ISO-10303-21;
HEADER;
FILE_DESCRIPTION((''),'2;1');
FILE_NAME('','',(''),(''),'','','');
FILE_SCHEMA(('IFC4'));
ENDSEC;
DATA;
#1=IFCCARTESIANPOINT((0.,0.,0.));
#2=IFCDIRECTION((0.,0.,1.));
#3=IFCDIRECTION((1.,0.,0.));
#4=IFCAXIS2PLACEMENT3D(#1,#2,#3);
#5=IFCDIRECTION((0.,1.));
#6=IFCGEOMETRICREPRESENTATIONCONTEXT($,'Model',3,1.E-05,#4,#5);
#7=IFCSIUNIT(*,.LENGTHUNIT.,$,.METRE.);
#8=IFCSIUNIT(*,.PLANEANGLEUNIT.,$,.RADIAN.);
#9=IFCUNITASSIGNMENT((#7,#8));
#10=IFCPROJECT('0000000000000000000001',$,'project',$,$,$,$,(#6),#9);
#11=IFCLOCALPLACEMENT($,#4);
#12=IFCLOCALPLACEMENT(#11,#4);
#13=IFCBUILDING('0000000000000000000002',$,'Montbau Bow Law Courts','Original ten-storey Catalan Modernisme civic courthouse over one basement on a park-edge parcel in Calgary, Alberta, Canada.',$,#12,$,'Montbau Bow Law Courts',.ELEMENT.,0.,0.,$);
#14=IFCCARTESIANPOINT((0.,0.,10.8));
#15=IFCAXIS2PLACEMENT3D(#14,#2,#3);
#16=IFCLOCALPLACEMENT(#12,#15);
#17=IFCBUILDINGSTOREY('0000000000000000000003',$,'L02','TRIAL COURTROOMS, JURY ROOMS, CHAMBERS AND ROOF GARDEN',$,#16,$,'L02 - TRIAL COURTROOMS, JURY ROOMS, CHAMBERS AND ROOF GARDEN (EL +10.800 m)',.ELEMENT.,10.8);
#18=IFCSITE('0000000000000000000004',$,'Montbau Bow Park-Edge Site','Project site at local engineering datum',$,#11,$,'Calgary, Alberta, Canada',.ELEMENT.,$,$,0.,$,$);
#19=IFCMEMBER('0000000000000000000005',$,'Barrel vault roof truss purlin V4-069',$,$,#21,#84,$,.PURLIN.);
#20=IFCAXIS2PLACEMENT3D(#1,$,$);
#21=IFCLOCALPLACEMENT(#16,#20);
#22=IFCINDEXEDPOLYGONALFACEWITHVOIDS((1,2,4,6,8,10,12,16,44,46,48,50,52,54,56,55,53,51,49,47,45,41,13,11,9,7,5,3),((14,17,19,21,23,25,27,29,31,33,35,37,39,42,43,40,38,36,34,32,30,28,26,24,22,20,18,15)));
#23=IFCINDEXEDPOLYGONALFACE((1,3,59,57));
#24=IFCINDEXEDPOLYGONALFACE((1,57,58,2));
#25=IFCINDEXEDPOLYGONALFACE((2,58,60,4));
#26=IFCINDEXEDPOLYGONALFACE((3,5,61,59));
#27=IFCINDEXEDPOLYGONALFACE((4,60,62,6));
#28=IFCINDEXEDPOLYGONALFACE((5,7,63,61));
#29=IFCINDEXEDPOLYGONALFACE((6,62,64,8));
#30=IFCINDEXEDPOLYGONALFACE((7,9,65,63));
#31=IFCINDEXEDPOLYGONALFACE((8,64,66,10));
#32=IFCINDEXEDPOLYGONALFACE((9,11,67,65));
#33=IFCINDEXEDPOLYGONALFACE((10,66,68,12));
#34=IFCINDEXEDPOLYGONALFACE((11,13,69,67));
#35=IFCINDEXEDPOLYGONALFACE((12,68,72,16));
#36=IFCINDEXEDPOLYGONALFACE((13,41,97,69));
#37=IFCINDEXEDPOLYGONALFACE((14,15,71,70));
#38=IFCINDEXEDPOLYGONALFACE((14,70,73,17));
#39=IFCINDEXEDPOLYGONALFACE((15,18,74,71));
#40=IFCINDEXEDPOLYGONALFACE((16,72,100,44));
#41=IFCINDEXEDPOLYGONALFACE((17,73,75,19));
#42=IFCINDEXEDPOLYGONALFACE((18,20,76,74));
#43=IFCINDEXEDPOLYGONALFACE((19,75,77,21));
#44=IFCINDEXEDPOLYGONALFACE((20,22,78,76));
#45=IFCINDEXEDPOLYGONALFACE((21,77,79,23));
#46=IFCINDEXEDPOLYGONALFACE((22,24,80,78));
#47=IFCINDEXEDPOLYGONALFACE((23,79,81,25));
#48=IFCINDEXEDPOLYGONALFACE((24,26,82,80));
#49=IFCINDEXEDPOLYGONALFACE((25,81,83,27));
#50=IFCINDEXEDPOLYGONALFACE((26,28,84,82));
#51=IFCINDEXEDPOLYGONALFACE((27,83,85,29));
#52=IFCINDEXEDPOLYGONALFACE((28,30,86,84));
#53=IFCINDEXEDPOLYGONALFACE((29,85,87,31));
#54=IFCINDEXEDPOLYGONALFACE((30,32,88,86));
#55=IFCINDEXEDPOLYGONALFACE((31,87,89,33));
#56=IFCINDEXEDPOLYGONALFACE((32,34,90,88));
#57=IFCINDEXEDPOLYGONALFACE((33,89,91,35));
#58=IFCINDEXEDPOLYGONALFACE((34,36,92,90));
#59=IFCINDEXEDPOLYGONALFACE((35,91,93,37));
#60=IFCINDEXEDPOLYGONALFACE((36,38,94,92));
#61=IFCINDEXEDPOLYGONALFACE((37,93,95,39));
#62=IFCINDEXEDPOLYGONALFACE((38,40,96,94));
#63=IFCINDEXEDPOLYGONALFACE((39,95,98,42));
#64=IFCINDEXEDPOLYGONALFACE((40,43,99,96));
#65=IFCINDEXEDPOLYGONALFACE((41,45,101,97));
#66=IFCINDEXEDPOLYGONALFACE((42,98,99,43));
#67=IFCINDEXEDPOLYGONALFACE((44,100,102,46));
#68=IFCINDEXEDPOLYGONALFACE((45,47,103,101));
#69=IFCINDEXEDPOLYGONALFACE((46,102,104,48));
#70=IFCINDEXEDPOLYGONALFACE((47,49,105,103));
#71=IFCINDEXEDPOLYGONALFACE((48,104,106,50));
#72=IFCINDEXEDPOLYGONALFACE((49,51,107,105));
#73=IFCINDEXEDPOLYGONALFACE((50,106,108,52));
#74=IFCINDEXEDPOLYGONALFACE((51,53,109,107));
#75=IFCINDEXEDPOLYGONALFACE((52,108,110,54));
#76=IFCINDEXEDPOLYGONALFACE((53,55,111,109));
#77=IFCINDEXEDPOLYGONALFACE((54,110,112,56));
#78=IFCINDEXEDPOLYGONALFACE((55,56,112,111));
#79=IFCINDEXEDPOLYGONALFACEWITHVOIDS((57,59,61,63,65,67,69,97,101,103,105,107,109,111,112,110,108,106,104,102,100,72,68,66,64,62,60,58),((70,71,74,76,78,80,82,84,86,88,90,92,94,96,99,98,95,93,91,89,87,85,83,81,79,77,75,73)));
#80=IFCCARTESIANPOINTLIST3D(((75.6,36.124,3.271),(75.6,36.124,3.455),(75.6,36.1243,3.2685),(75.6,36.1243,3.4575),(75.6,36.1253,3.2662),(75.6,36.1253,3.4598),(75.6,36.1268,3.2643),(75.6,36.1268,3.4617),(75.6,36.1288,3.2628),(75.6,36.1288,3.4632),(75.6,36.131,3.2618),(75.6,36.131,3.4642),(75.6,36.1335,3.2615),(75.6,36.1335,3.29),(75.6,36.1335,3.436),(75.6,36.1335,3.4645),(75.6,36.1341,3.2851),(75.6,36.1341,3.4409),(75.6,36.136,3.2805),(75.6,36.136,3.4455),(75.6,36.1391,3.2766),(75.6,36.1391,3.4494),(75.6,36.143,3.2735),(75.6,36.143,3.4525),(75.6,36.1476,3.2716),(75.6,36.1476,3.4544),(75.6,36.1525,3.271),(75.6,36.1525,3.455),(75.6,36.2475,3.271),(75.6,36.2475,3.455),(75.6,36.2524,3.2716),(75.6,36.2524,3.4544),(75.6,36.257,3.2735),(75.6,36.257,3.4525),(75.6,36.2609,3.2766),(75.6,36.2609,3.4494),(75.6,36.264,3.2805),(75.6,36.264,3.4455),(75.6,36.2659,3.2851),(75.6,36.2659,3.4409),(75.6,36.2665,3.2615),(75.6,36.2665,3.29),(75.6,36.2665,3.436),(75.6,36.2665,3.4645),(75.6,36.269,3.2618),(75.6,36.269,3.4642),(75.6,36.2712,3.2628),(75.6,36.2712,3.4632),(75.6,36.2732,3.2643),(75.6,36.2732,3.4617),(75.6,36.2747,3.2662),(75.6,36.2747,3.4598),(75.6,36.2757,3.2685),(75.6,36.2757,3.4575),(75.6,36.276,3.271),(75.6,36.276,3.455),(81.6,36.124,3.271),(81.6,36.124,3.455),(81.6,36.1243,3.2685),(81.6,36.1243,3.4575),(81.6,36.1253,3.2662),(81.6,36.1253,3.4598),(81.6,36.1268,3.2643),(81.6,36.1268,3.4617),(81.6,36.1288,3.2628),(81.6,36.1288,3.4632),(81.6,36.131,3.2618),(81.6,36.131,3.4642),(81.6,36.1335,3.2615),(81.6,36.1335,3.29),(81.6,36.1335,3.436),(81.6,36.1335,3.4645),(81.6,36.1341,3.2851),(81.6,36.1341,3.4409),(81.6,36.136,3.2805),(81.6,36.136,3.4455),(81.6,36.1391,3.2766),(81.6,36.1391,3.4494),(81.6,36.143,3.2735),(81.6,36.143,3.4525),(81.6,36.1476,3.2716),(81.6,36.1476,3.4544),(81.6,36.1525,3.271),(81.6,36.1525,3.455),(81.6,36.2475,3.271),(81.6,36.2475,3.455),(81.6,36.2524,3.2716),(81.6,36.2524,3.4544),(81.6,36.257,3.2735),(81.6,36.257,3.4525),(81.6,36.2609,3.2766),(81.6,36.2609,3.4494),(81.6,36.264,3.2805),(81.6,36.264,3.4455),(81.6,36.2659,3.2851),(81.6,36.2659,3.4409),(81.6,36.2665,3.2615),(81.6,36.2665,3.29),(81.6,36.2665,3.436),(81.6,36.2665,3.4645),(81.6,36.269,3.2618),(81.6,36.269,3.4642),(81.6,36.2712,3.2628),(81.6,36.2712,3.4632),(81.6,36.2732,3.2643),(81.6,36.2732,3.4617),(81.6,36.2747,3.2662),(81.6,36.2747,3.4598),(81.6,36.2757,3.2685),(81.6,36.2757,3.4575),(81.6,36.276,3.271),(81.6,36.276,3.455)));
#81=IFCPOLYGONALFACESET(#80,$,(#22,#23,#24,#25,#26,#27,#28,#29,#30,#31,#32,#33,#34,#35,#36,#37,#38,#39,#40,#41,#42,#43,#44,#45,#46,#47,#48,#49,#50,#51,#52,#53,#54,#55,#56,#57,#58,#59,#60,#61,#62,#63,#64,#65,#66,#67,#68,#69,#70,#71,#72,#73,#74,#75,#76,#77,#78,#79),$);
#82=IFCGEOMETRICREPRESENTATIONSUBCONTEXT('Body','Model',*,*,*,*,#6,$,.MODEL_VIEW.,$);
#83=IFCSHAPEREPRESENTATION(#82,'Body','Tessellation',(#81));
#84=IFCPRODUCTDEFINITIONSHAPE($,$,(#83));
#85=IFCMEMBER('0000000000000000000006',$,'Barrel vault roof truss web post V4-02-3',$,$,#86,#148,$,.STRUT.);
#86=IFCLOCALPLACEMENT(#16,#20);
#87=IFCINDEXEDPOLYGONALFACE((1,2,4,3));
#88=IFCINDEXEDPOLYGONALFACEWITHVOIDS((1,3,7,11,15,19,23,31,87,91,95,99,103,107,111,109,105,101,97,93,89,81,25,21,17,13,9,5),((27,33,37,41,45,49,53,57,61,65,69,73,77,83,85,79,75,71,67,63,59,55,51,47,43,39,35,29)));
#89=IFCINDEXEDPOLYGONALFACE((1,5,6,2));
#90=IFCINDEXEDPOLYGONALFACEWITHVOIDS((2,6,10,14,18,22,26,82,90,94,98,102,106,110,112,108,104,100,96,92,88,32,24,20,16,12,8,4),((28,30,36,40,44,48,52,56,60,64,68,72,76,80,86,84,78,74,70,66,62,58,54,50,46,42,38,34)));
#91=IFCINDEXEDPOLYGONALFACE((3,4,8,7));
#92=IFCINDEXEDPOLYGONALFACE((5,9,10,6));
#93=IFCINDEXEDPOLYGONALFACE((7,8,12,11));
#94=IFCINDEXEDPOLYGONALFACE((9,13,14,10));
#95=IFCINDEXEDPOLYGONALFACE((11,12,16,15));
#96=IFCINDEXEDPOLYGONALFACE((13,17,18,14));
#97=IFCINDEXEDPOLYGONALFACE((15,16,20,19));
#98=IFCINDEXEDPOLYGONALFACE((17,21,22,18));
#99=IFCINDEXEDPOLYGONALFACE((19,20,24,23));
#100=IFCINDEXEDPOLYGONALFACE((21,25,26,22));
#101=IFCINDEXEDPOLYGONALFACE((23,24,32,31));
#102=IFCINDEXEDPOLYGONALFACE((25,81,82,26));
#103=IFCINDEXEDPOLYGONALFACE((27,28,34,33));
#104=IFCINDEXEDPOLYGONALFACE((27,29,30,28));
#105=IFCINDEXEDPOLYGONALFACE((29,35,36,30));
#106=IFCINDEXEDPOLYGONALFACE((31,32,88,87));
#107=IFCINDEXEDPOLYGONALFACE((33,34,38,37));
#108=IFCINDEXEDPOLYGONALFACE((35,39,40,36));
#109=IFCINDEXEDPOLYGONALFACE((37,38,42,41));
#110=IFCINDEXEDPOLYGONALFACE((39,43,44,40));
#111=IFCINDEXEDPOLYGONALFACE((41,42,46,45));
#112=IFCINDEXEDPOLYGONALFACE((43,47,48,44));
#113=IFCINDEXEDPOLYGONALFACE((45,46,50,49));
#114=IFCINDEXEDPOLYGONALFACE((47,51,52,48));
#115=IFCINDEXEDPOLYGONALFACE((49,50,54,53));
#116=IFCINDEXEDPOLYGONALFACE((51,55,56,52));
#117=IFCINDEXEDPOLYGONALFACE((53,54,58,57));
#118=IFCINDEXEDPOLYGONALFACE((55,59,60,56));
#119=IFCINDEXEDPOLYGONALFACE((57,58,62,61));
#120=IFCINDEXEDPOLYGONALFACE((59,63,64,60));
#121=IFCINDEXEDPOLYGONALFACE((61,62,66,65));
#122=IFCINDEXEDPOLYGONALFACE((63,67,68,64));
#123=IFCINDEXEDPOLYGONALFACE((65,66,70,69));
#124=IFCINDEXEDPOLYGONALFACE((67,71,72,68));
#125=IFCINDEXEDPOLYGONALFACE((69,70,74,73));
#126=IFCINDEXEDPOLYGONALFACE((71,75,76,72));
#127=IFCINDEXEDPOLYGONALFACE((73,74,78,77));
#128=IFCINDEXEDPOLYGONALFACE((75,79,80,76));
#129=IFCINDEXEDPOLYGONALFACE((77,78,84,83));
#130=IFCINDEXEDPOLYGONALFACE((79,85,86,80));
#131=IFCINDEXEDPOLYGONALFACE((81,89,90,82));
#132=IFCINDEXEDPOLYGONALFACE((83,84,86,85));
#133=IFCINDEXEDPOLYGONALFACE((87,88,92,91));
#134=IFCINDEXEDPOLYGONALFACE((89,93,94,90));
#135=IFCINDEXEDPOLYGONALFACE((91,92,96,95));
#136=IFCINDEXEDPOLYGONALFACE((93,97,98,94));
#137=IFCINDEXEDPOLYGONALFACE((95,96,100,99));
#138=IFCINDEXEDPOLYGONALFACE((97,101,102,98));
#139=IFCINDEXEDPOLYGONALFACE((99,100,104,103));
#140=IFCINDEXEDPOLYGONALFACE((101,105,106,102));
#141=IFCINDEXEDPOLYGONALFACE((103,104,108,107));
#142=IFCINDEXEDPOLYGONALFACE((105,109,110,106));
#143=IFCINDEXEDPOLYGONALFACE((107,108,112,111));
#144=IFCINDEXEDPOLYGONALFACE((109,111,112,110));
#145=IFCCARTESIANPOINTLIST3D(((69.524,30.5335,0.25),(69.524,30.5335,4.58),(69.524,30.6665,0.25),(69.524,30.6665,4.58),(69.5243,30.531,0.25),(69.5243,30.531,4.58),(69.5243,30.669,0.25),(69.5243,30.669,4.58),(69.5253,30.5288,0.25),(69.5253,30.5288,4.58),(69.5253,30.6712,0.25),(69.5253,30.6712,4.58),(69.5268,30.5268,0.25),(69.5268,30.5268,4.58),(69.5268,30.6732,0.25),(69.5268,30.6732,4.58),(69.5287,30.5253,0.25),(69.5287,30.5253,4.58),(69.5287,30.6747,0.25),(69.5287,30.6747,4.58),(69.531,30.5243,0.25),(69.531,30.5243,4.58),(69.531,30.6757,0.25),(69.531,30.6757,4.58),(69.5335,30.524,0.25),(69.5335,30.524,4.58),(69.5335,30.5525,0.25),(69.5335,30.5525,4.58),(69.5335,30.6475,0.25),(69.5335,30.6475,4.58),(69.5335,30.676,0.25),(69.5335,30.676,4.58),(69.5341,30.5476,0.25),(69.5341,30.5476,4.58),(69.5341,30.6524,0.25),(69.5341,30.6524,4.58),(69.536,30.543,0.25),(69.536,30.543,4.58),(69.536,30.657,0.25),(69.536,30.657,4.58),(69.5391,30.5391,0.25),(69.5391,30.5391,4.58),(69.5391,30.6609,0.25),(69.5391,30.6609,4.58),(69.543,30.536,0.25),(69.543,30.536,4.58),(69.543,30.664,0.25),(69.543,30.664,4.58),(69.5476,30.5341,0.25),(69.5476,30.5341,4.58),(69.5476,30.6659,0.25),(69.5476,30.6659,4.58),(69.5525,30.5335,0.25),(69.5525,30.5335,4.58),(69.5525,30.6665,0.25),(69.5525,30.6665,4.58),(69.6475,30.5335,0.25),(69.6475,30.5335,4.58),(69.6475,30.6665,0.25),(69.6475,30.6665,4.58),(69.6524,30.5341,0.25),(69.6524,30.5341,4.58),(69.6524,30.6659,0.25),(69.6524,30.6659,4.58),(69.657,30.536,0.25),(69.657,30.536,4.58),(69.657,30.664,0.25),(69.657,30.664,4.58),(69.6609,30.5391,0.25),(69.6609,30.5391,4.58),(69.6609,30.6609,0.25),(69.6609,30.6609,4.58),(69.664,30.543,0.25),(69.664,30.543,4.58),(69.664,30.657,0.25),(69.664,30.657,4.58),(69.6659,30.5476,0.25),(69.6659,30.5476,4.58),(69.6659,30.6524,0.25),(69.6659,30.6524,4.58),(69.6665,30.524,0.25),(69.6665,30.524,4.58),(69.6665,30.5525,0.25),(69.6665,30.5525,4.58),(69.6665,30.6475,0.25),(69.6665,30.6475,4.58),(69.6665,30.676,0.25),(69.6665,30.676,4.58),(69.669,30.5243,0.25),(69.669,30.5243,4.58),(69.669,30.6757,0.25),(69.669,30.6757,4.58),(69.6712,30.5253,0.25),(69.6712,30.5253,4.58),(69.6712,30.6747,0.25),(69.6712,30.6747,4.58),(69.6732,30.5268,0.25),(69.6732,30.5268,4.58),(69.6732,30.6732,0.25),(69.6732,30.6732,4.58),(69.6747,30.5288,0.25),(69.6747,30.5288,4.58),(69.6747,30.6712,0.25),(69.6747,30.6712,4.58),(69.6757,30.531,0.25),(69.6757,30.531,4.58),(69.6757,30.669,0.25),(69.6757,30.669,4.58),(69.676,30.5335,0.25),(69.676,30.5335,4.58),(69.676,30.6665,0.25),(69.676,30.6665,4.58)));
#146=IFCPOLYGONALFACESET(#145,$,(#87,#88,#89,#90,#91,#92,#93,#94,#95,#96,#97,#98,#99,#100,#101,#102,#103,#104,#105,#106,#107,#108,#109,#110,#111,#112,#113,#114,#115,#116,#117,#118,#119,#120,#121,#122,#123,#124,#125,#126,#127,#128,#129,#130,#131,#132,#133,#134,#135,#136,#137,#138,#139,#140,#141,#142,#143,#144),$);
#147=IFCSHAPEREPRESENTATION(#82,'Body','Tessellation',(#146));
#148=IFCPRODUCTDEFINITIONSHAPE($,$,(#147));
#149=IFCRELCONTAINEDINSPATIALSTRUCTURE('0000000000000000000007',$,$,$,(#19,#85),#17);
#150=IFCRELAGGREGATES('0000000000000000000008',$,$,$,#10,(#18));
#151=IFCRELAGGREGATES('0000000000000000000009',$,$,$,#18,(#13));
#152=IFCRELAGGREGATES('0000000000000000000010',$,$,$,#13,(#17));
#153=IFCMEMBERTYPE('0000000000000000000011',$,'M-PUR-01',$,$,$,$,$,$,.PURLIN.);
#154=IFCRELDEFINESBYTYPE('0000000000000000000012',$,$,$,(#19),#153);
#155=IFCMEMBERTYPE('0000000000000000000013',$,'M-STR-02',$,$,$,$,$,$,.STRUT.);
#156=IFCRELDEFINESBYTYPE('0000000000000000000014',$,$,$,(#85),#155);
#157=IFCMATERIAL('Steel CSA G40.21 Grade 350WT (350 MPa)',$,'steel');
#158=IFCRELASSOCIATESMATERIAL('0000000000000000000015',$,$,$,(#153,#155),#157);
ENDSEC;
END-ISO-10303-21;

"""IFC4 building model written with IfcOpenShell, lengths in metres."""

from ifc_helpers import new_model, si_unit, direction, frame, origin_with_axes, origin_2d_with_axis, place, context, subcontext, project, spatial, hollow_rectangle, extrude, material, material_profile, profile_set, type_object, element, save


model = new_model("IFC4")

# Units and contexts
model_context = context("Model", 3, precision=1e-05, world=origin_with_axes(), true_north=direction((0.0, 1.0)))
body_context = subcontext(model_context, "Body", "Model", "MODEL_VIEW")
ifc_project = project(units=[si_unit("LENGTHUNIT", "METRE"), si_unit("PLANEANGLEUNIT", "RADIAN")], contexts=[model_context])

# Site, building, storey
site_placement = place(None, origin_with_axes())
site = spatial("IfcSite", under=ifc_project, at=site_placement, Name="Montbau Bow Park-Edge Site", Description="Project site at local engineering datum", LongName="Calgary, Alberta, Canada", CompositionType="ELEMENT", RefElevation=0.0)
building_placement = place(site_placement, origin_with_axes())
building = spatial("IfcBuilding", under=site, at=building_placement, Name="Montbau Bow Law Courts", Description="Original ten-storey Catalan Modernisme civic courthouse over one basement on a park-edge parcel in Calgary, Alberta, Canada.", LongName="Montbau Bow Law Courts", CompositionType="ELEMENT", ElevationOfRefHeight=0.0, ElevationOfTerrain=0.0)
storey_placement = place(building_placement, frame((0.0, 0.0, 10.8), z_axis=(0.0, 0.0, 1.0), x_axis=(1.0, 0.0, 0.0)))
storey = spatial("IfcBuildingStorey", under=building, at=storey_placement, Name="L02", Description="TRIAL COURTROOMS, JURY ROOMS, CHAMBERS AND ROOF GARDEN", LongName="L02 - TRIAL COURTROOMS, JURY ROOMS, CHAMBERS AND ROOF GARDEN (EL +10.800 m)", CompositionType="ELEMENT", Elevation=10.8)

# Shared definitions
ifc_material_1 = material(Name="Steel CSA G40.21 Grade 350WT (350 MPa)", Category="steel")

# Members
ifc_material_profile_1 = material_profile(ifc_material_1, hollow_rectangle(XDim=0.152, YDim=0.203, WallThickness=0.0095, InnerFilletRadius=0.019, OuterFilletRadius=0.0095, at=origin_2d_with_axis()), Name="HSS203X152X9.5", Category="Main", Priority=0)
ifc_profile_set_1 = profile_set([ifc_material_profile_1], Name="Steel CSA G40.21 Grade 350WT (350 MPa)")
member_type_1 = type_object("IfcMemberType", Name="M-PUR-01", PredefinedType="PURLIN", material=ifc_profile_set_1)
for number, where, z_axis, x_axis, name in (
    (1, (75.6, 36.2, 14.163), (1.0, 0.0, 0.0), (0.0, 1.0, 0.0), "Barrel vault roof truss purlin V4-069"),
):
    element("IfcMember", number, at=place(None, frame(where, z_axis=z_axis, x_axis=x_axis)), inside=storey, type_object=member_type_1, Name=name, PredefinedType="PURLIN", context=body_context, shape_type="SweptSolid", body=[
        extrude(hollow_rectangle(XDim=0.152, YDim=0.203, WallThickness=0.0095, InnerFilletRadius=0.019, OuterFilletRadius=0.0095, at=origin_2d_with_axis()), origin_with_axes(), (0.0, 0.0, 1.0), 6.0),
    ])
ifc_material_profile_2 = material_profile(ifc_material_1, hollow_rectangle(XDim=0.152, YDim=0.152, WallThickness=0.0095, InnerFilletRadius=0.019, OuterFilletRadius=0.0095, at=origin_2d_with_axis()), Name="HSS152X152X9.5", Category="Main", Priority=0)
ifc_profile_set_2 = profile_set([ifc_material_profile_2], Name="Steel CSA G40.21 Grade 350WT (350 MPa)")
member_type_2 = type_object("IfcMemberType", Name="M-STR-02", PredefinedType="STRUT", material=ifc_profile_set_2)
member_1_placement = place(None, frame((69.6, 30.6, 11.05), z_axis=(0.0, 0.0, 1.0), x_axis=(1.0, 0.0, 0.0)))
element("IfcMember", 2, at=member_1_placement, inside=storey, type_object=member_type_2, Name="Barrel vault roof truss web post V4-02-3", PredefinedType="STRUT", context=body_context, shape_type="SweptSolid", body=[
    extrude(hollow_rectangle(XDim=0.152, YDim=0.152, WallThickness=0.0095, InnerFilletRadius=0.019, OuterFilletRadius=0.0095, at=origin_2d_with_axis()), origin_with_axes(), (0.0, 0.0, 1.0), 4.33),
])

save(model, "model.ifc")
